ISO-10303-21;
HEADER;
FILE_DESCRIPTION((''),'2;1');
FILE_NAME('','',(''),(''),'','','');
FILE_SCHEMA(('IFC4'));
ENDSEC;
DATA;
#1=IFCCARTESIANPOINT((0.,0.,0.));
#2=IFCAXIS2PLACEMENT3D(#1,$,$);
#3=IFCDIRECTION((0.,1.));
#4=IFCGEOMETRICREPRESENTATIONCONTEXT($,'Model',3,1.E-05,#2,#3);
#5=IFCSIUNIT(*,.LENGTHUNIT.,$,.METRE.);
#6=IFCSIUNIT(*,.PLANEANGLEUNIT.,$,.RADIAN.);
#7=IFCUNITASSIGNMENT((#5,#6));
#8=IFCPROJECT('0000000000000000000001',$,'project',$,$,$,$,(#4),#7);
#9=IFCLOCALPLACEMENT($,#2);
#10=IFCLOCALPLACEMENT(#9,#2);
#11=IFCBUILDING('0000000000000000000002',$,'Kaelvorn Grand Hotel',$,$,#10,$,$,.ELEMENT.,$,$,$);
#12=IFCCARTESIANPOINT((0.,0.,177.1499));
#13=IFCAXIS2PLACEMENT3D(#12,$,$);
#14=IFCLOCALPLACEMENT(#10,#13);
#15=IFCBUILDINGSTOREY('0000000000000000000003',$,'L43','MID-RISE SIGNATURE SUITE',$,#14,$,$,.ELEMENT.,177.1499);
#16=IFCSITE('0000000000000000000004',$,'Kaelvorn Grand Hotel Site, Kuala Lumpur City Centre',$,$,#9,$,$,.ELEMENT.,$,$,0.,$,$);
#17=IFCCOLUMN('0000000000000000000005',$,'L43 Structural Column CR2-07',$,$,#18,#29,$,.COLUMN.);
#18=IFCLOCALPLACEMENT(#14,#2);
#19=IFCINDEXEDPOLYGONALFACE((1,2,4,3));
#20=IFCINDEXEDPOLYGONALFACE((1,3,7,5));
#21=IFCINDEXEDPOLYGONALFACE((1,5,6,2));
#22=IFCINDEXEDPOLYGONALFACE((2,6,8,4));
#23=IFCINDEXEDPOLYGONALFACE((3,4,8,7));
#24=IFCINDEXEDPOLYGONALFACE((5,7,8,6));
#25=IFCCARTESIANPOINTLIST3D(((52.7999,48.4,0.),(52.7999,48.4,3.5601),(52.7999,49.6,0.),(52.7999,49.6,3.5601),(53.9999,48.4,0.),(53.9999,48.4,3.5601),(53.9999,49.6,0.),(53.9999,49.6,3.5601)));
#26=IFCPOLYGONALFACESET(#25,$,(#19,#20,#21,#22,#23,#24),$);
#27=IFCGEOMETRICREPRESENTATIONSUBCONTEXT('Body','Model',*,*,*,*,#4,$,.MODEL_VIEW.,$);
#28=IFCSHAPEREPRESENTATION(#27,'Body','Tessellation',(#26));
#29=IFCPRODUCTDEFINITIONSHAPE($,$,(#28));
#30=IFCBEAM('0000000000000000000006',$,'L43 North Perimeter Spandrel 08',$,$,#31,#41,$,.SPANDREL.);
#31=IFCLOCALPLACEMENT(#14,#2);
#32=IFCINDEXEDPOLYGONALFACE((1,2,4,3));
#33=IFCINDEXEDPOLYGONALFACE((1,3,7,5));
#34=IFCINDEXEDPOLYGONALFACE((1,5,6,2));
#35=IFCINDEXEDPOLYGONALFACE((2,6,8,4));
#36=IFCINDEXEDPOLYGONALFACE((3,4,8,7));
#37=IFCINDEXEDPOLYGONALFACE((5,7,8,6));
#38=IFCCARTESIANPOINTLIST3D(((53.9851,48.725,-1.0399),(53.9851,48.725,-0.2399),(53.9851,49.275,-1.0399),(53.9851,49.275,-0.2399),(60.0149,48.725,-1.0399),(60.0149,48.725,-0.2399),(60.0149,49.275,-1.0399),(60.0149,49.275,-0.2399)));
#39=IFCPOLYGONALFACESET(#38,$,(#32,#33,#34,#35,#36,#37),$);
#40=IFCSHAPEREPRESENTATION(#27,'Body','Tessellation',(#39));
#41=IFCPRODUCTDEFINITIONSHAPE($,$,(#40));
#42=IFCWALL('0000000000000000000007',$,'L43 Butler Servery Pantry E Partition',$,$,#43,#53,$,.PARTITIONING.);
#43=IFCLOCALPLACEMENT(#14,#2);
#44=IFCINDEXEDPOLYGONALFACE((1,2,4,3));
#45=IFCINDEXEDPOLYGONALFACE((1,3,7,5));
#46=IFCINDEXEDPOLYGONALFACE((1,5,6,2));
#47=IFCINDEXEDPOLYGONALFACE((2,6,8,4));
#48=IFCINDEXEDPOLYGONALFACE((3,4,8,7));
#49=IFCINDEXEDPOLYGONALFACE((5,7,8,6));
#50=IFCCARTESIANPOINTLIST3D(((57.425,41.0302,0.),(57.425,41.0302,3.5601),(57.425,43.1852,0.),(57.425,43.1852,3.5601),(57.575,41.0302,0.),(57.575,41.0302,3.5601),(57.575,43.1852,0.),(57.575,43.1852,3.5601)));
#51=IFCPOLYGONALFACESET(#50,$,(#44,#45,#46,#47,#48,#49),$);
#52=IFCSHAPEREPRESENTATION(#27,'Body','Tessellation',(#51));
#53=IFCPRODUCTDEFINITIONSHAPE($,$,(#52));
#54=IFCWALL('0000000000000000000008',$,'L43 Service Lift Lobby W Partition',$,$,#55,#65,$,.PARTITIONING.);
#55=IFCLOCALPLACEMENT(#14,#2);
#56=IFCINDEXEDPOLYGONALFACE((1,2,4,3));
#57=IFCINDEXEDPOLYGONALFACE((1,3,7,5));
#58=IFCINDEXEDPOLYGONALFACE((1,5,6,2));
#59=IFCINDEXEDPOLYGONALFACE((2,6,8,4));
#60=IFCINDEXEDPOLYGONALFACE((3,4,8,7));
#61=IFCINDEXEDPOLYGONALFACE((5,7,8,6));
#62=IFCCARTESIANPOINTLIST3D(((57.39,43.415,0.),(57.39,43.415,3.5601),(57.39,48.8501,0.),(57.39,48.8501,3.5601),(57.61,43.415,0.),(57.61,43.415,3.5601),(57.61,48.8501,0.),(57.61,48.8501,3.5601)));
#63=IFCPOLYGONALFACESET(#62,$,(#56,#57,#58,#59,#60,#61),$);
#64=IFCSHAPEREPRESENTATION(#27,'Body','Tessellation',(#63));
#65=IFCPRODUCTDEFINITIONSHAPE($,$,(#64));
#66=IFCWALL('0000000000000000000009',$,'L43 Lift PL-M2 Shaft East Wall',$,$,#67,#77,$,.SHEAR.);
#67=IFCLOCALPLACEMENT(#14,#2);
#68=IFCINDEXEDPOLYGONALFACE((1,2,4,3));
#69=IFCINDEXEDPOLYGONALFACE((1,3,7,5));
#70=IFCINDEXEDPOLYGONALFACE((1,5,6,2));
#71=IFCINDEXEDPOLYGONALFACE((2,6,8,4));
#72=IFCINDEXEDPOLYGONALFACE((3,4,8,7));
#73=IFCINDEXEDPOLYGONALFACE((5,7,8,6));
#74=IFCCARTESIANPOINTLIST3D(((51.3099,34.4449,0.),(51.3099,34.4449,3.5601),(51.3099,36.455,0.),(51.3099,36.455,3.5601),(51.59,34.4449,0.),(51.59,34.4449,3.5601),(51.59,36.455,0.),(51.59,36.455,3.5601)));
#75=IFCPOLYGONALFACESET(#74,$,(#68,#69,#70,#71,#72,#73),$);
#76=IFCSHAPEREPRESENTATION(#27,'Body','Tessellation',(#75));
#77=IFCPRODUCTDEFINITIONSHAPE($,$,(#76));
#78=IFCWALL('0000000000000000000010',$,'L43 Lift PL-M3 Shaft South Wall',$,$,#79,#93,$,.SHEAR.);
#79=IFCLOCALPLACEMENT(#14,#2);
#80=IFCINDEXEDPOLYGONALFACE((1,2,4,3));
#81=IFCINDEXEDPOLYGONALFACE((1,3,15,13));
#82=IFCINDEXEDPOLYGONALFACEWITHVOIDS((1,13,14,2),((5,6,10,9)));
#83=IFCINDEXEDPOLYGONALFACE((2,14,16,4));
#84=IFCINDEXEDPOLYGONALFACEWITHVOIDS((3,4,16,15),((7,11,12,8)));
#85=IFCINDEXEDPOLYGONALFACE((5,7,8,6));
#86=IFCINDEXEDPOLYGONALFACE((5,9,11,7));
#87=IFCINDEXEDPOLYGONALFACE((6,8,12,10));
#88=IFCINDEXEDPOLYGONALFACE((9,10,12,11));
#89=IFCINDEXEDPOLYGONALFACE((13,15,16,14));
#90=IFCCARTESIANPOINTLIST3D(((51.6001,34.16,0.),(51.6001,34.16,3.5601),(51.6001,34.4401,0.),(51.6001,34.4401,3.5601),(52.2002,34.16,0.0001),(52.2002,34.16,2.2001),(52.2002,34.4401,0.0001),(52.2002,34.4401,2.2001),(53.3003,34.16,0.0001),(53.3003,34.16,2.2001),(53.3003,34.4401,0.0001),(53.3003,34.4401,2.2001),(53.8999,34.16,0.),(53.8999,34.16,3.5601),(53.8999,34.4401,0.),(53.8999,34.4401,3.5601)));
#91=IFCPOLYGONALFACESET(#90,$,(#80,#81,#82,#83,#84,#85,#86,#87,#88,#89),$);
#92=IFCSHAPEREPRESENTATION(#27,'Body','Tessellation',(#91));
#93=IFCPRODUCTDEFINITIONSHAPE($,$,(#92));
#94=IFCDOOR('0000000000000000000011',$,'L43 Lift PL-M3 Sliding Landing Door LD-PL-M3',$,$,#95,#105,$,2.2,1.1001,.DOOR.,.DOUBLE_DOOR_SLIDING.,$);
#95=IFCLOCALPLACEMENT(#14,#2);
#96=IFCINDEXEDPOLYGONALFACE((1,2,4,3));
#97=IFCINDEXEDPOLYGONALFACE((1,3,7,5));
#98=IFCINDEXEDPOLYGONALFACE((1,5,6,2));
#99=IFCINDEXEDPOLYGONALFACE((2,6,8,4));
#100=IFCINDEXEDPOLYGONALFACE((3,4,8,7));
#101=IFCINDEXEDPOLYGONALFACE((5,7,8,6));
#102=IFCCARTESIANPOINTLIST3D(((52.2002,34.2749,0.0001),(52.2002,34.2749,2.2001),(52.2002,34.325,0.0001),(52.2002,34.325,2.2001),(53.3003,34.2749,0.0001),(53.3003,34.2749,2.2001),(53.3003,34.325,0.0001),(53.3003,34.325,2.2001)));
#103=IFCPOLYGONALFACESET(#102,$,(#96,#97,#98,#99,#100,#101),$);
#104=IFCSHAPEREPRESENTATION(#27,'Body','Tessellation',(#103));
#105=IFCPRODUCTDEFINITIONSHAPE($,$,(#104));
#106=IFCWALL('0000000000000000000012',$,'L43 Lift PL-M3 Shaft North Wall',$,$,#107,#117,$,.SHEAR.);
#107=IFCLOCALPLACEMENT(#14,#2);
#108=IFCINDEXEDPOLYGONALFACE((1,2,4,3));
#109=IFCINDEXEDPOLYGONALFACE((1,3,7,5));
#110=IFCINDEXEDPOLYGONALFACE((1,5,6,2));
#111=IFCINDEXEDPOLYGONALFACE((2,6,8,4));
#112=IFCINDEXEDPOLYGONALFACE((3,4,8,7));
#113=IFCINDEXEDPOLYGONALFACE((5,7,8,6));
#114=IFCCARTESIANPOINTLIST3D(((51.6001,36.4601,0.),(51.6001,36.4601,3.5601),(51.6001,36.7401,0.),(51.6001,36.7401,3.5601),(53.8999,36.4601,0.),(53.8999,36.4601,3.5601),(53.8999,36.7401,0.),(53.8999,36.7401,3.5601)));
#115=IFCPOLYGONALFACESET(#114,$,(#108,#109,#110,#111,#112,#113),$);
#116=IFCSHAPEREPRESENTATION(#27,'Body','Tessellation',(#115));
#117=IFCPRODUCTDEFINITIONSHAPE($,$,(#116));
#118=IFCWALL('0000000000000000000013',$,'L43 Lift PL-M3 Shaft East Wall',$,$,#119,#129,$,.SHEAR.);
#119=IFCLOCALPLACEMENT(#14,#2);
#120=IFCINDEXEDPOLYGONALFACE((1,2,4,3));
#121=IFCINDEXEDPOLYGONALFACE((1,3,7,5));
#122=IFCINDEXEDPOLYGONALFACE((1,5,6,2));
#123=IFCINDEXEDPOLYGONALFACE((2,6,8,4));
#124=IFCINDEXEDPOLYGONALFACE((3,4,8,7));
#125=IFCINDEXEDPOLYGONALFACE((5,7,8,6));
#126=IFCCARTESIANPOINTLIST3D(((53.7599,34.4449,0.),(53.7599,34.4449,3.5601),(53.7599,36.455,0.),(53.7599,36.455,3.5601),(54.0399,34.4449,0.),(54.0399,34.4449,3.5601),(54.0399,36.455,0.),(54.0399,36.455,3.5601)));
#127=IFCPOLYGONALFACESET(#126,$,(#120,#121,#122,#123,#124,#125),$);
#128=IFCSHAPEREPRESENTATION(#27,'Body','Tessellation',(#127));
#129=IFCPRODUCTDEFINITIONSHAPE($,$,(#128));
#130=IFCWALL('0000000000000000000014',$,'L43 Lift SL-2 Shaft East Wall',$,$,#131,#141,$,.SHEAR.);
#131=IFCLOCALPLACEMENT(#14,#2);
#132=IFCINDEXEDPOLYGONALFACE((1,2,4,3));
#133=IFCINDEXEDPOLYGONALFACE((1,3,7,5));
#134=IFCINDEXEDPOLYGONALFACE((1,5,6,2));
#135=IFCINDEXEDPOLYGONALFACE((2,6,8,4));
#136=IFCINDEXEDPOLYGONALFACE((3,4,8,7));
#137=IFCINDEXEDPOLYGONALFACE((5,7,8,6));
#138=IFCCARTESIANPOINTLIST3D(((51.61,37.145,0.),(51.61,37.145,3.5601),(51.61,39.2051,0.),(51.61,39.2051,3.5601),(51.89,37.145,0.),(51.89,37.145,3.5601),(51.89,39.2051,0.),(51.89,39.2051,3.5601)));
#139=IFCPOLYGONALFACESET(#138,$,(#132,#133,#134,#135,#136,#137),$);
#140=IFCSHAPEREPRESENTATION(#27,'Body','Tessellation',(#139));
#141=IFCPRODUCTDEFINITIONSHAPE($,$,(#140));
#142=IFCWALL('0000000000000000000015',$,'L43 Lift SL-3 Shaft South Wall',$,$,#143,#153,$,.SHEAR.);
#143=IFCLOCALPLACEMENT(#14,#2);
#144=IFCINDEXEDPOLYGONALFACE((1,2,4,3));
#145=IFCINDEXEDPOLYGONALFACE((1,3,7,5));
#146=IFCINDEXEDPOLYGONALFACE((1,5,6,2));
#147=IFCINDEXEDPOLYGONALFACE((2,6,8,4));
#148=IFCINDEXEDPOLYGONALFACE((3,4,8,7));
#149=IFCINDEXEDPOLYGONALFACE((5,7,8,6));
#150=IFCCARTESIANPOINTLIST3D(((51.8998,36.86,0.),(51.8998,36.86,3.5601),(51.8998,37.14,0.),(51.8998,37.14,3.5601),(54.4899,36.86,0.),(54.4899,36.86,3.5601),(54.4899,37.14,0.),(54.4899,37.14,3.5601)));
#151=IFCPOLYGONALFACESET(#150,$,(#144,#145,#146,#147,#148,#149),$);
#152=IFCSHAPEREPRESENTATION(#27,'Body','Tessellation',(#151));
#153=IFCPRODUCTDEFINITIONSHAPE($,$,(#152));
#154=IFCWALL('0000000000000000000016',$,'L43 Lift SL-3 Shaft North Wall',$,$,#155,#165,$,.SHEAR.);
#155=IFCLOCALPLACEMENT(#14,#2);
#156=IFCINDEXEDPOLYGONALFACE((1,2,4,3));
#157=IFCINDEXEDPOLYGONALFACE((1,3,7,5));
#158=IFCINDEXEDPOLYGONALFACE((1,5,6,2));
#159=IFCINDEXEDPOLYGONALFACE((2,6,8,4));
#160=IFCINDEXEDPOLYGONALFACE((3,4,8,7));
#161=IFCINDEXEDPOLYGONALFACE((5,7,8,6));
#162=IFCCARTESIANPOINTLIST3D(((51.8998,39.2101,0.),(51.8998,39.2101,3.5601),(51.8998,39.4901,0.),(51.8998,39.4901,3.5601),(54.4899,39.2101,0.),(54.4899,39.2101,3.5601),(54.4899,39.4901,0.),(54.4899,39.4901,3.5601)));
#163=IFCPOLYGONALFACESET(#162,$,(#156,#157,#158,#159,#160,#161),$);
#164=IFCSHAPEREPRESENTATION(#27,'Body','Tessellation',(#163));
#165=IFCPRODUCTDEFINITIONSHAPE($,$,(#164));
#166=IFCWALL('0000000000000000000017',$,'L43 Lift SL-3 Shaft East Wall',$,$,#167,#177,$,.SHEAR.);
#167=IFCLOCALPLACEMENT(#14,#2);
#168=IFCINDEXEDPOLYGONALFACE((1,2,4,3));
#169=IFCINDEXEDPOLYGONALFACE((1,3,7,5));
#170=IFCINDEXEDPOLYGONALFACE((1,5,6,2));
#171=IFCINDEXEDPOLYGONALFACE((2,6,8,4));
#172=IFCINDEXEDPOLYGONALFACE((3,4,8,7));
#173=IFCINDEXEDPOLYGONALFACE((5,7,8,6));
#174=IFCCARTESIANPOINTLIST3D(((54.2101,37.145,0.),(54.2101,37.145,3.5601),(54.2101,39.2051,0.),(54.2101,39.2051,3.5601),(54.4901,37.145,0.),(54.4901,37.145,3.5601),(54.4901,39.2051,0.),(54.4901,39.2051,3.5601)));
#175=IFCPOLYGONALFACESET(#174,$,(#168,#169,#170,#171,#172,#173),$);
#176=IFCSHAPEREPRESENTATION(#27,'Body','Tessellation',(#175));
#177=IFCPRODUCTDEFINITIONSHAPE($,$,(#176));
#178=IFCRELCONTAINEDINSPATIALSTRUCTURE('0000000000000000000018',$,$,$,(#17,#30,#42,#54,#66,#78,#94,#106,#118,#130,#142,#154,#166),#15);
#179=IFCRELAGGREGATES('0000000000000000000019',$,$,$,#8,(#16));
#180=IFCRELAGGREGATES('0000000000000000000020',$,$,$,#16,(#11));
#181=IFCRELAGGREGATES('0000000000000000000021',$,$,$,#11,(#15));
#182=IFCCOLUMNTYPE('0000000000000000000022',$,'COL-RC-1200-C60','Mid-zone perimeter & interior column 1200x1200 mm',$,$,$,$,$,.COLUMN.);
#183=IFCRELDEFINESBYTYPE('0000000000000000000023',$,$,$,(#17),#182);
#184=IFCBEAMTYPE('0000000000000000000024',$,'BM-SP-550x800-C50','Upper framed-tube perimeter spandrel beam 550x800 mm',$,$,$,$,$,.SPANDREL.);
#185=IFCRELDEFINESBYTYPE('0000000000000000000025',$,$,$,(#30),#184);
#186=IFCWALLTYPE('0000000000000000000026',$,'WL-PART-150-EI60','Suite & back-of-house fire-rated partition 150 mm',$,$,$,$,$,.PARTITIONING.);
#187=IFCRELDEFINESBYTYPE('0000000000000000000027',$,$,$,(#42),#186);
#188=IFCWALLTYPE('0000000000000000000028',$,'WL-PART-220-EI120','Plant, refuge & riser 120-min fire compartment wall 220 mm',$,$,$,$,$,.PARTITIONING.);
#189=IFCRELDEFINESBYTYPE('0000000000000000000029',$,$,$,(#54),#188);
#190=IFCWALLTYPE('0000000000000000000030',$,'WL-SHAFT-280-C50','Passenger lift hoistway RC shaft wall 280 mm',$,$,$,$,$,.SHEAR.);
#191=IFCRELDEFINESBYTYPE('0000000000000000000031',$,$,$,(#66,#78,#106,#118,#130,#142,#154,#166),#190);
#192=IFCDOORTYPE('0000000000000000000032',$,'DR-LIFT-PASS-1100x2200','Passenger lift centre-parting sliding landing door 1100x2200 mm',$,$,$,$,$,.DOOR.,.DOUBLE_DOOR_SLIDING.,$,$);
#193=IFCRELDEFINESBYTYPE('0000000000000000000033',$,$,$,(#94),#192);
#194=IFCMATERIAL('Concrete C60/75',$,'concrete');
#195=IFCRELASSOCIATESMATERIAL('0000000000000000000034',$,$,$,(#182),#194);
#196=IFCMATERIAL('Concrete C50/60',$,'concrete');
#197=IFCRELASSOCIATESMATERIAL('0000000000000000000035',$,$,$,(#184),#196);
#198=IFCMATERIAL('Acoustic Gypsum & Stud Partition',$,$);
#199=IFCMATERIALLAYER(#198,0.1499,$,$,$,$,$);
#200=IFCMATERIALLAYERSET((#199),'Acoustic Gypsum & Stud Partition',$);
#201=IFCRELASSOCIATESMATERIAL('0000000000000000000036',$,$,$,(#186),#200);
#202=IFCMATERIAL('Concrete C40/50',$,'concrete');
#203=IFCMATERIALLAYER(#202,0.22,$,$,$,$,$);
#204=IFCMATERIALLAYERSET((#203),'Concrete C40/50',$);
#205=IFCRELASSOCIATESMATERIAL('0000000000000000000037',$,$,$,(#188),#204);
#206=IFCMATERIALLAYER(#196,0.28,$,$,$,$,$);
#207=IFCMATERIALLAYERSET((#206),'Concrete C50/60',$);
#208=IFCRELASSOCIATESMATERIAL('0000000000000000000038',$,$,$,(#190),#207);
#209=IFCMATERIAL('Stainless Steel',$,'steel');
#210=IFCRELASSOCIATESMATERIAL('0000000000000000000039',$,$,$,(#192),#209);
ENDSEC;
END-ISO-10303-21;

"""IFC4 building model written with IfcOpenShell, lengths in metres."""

from ifc_helpers import new_model, si_unit, direction, frame, frame_2d, origin, origin_2d, place, context, subcontext, project, spatial, rectangle, extrude, material, layer, layer_set, material_profile, profile_set, type_object, element, fill, save


model = new_model("IFC4")

# Units and contexts
model_context = context("Model", 3, precision=1e-05, world=origin(), true_north=direction((0.0, 1.0)))
body_context = subcontext(model_context, "Body", "Model", "MODEL_VIEW")
ifc_project = project(units=[si_unit("LENGTHUNIT", "METRE"), si_unit("PLANEANGLEUNIT", "RADIAN")], contexts=[model_context])

# Site, building, storey
site_placement = place(None, origin())
site = spatial("IfcSite", under=ifc_project, at=site_placement, Name="Kaelvorn Grand Hotel Site, Kuala Lumpur City Centre", CompositionType="ELEMENT", RefElevation=0.0)
building_placement = place(site_placement, origin())
building = spatial("IfcBuilding", under=site, at=building_placement, Name="Kaelvorn Grand Hotel", CompositionType="ELEMENT")
storey_placement = place(building_placement, frame((0.0, 0.0, 177.1499)))
storey = spatial("IfcBuildingStorey", under=building, at=storey_placement, Name="L43", Description="MID-RISE SIGNATURE SUITE", CompositionType="ELEMENT", Elevation=177.1499)

# Column
ifc_material_1 = material(Name="Concrete C60/75", Category="concrete")
ifc_material_profile_1 = material_profile(ifc_material_1, rectangle(XDim=1.2, YDim=1.2, at=origin_2d()), Name="RC COL 1200x1200")
ifc_profile_set_1 = profile_set([ifc_material_profile_1], Name="Concrete C60/75")
column_type = type_object("IfcColumnType", Name="COL-RC-1200-C60", Description="Mid-zone perimeter & interior column 1200x1200 mm", PredefinedType="COLUMN", material=ifc_profile_set_1)
column_placement = place(storey_placement, frame((53.3999, 49.0, 0.0), z_axis=(0.0, 0.0, 1.0), x_axis=(1.0, 0.0, 0.0)))
element("IfcColumn", 1, at=column_placement, inside=storey, type_object=column_type, Name="L43 Structural Column CR2-07", PredefinedType="COLUMN", context=body_context, shape_type="SweptSolid", body=[
    extrude(rectangle(XDim=1.2, YDim=1.2, at=origin_2d()), origin(), (0.0, 0.0, 1.0), 3.5601),
])

# Beam
ifc_material_2 = material(Name="Concrete C50/60", Category="concrete")
ifc_material_profile_2 = material_profile(ifc_material_2, rectangle(XDim=0.55, YDim=0.8, at=origin_2d()), Name="RC SPANDREL 550x800")
ifc_profile_set_2 = profile_set([ifc_material_profile_2], Name="Concrete C50/60")
beam_type = type_object("IfcBeamType", Name="BM-SP-550x800-C50", Description="Upper framed-tube perimeter spandrel beam 550x800 mm", PredefinedType="SPANDREL", material=ifc_profile_set_2)
beam_placement = place(storey_placement, frame((53.9851, 49.0, -0.6399), z_axis=(1.0, 0.0, 0.0), x_axis=(0.0, 1.0, 0.0)))
element("IfcBeam", 2, at=beam_placement, inside=storey, type_object=beam_type, Name="L43 North Perimeter Spandrel 08", PredefinedType="SPANDREL", context=body_context, shape_type="SweptSolid", body=[
    extrude(rectangle(XDim=0.55, YDim=0.8, at=origin_2d()), origin(), (0.0, 0.0, 1.0), 6.0298),
])

# Wall
ifc_material_3 = material(Name="Acoustic Gypsum & Stud Partition")
ifc_layer_1 = layer(ifc_material_3, 0.1499)
ifc_layer_set_1 = layer_set([ifc_layer_1], Name="Acoustic Gypsum & Stud Partition")
wall_type_1 = type_object("IfcWallType", Name="WL-PART-150-EI60", Description="Suite & back-of-house fire-rated partition 150 mm", PredefinedType="PARTITIONING", material=ifc_layer_set_1)
wall_1_placement = place(storey_placement, frame((57.5, 41.03, 0.0), z_axis=(0.0, 0.0, 1.0), x_axis=(0.0, 1.0, 0.0)))
element("IfcWall", 3, at=wall_1_placement, inside=storey, type_object=wall_type_1, Name="L43 Butler Servery Pantry E Partition", PredefinedType="PARTITIONING", context=body_context, shape_type="SweptSolid", body=[
    extrude(rectangle(XDim=2.155, YDim=0.1499, at=frame_2d((1.0776, 0.0))), origin(), (0.0, 0.0, 1.0), 3.5601),
])

# Shared definitions
ifc_material_4 = material(Name="Concrete C40/50", Category="concrete")
ifc_layer_2 = layer(ifc_material_4, 0.22)
ifc_layer_set_2 = layer_set([ifc_layer_2], Name="Concrete C40/50")
wall_type_2 = type_object("IfcWallType", Name="WL-PART-220-EI120", Description="Plant, refuge & riser 120-min fire compartment wall 220 mm", PredefinedType="PARTITIONING", material=ifc_layer_set_2)

# Walls
wall_2_placement = place(storey_placement, frame((57.5, 43.415, 0.0), z_axis=(0.0, 0.0, 1.0), x_axis=(0.0, 1.0, 0.0)))
element("IfcWall", 4, at=wall_2_placement, inside=storey, type_object=wall_type_2, Name="L43 Service Lift Lobby W Partition", PredefinedType="PARTITIONING", context=body_context, shape_type="SweptSolid", body=[
    extrude(rectangle(XDim=5.4351, YDim=0.22, at=frame_2d((2.7175, 0.0))), origin(), (0.0, 0.0, 1.0), 3.5601),
])
ifc_layer_3 = layer(ifc_material_2, 0.28)
ifc_layer_set_3 = layer_set([ifc_layer_3], Name="Concrete C50/60")
wall_type_3 = type_object("IfcWallType", Name="WL-SHAFT-280-C50", Description="Passenger lift hoistway RC shaft wall 280 mm", PredefinedType="SHEAR", material=ifc_layer_set_3)
wall_3_placement = place(storey_placement, frame((51.45, 34.4451, 0.0), z_axis=(0.0, 0.0, 1.0), x_axis=(0.0, 1.0, 0.0)))
element("IfcWall", 5, at=wall_3_placement, inside=storey, type_object=wall_type_3, Name="L43 Lift PL-M2 Shaft East Wall", PredefinedType="SHEAR", context=body_context, shape_type="SweptSolid", body=[
    extrude(rectangle(XDim=2.01, YDim=0.28, at=frame_2d((1.0049, 0.0))), origin(), (0.0, 0.0, 1.0), 3.5601),
])

# Wall, opening, door
wall_4_placement = place(storey_placement, frame((51.6001, 34.3, 0.0), z_axis=(0.0, 0.0, 1.0), x_axis=(1.0, 0.0, 0.0)))
wall_4 = element("IfcWall", 6, at=wall_4_placement, inside=storey, type_object=wall_type_3, Name="L43 Lift PL-M3 Shaft South Wall", PredefinedType="SHEAR", context=body_context, shape_type="SweptSolid", body=[
    extrude(rectangle(XDim=2.2998, YDim=0.28, at=frame_2d((1.1499, 0.0))), origin(), (0.0, 0.0, 1.0), 3.5601),
])
opening_1_placement = place(wall_4_placement, frame((0.6001, 0.0, 0.0)))
opening_1 = element("IfcOpeningElement", 7, at=opening_1_placement, cuts=wall_4, PredefinedType="OPENING", context=body_context, shape_type="SweptSolid", body=[
    extrude(rectangle(XDim=1.1001, YDim=2.2, at=frame_2d((0.55, 1.1001))), frame((0.0, 0.1499, 0.0), z_axis=(0.0, -1.0, 0.0), x_axis=(1.0, 0.0, 0.0)), (0.0, 0.0, 1.0), 0.3),
])
ifc_material_5 = material(Name="Stainless Steel", Category="steel")
door_type_1 = type_object("IfcDoorType", Name="DR-LIFT-PASS-1100x2200", Description="Passenger lift centre-parting sliding landing door 1100x2200 mm", OperationType="DOUBLE_DOOR_SLIDING", PredefinedType="DOOR", material=ifc_material_5)
door_1_placement = place(opening_1_placement, origin())
door_1 = element("IfcDoor", 8, at=door_1_placement, inside=storey, type_object=door_type_1, Name="L43 Lift PL-M3 Sliding Landing Door LD-PL-M3", OperationType="DOUBLE_DOOR_SLIDING", OverallHeight=2.2, OverallWidth=1.1001, PredefinedType="DOOR", context=body_context, shape_type="SweptSolid", body=[
    extrude(rectangle(XDim=1.1001, YDim=2.2, at=frame_2d((0.55, 1.1001))), frame((0.0, 0.0249, 0.0), z_axis=(0.0, -1.0, 0.0), x_axis=(1.0, 0.0, 0.0)), (0.0, 0.0, 1.0), 0.05),
])
fill(opening_1, door_1)

# Walls
wall_5_placement = place(storey_placement, frame((51.6001, 36.6001, 0.0), z_axis=(0.0, 0.0, 1.0), x_axis=(1.0, 0.0, 0.0)))
element("IfcWall", 9, at=wall_5_placement, inside=storey, type_object=wall_type_3, Name="L43 Lift PL-M3 Shaft North Wall", PredefinedType="SHEAR", context=body_context, shape_type="SweptSolid", body=[
    extrude(rectangle(XDim=2.2998, YDim=0.28, at=frame_2d((1.1499, 0.0))), origin(), (0.0, 0.0, 1.0), 3.5601),
])
wall_6_placement = place(storey_placement, frame((53.8999, 34.4451, 0.0), z_axis=(0.0, 0.0, 1.0), x_axis=(0.0, 1.0, 0.0)))
element("IfcWall", 10, at=wall_6_placement, inside=storey, type_object=wall_type_3, Name="L43 Lift PL-M3 Shaft East Wall", PredefinedType="SHEAR", context=body_context, shape_type="SweptSolid", body=[
    extrude(rectangle(XDim=2.01, YDim=0.28, at=frame_2d((1.0049, 0.0))), origin(), (0.0, 0.0, 1.0), 3.5601),
])
wall_7_placement = place(storey_placement, frame((51.75, 37.145, 0.0), z_axis=(0.0, 0.0, 1.0), x_axis=(0.0, 1.0, 0.0)))
element("IfcWall", 11, at=wall_7_placement, inside=storey, type_object=wall_type_3, Name="L43 Lift SL-2 Shaft East Wall", PredefinedType="SHEAR", context=body_context, shape_type="SweptSolid", body=[
    extrude(rectangle(XDim=2.0601, YDim=0.28, at=frame_2d((1.03, 0.0))), origin(), (0.0, 0.0, 1.0), 3.5601),
])
for number, where, z_axis, x_axis, name in (
    (12, (51.8999, 37.0, 0.0), (0.0, 0.0, 1.0), (1.0, 0.0, 0.0), "L43 Lift SL-3 Shaft South Wall"),
    (13, (51.8999, 39.3501, 0.0), (0.0, 0.0, 1.0), (1.0, 0.0, 0.0), "L43 Lift SL-3 Shaft North Wall"),
):
    element("IfcWall", number, at=place(storey_placement, frame(where, z_axis=z_axis, x_axis=x_axis)), inside=storey, type_object=wall_type_3, Name=name, PredefinedType="SHEAR", context=body_context, shape_type="SweptSolid", body=[
        extrude(rectangle(XDim=2.5901, YDim=0.28, at=frame_2d((1.2949, 0.0))), origin(), (0.0, 0.0, 1.0), 3.5601),
    ])
wall_8_placement = place(storey_placement, frame((54.3501, 37.145, 0.0), z_axis=(0.0, 0.0, 1.0), x_axis=(0.0, 1.0, 0.0)))
element("IfcWall", 14, at=wall_8_placement, inside=storey, type_object=wall_type_3, Name="L43 Lift SL-3 Shaft East Wall", PredefinedType="SHEAR", context=body_context, shape_type="SweptSolid", body=[
    extrude(rectangle(XDim=2.0601, YDim=0.28, at=frame_2d((1.03, 0.0))), origin(), (0.0, 0.0, 1.0), 3.5601),
])

save(model, "model.ifc")
